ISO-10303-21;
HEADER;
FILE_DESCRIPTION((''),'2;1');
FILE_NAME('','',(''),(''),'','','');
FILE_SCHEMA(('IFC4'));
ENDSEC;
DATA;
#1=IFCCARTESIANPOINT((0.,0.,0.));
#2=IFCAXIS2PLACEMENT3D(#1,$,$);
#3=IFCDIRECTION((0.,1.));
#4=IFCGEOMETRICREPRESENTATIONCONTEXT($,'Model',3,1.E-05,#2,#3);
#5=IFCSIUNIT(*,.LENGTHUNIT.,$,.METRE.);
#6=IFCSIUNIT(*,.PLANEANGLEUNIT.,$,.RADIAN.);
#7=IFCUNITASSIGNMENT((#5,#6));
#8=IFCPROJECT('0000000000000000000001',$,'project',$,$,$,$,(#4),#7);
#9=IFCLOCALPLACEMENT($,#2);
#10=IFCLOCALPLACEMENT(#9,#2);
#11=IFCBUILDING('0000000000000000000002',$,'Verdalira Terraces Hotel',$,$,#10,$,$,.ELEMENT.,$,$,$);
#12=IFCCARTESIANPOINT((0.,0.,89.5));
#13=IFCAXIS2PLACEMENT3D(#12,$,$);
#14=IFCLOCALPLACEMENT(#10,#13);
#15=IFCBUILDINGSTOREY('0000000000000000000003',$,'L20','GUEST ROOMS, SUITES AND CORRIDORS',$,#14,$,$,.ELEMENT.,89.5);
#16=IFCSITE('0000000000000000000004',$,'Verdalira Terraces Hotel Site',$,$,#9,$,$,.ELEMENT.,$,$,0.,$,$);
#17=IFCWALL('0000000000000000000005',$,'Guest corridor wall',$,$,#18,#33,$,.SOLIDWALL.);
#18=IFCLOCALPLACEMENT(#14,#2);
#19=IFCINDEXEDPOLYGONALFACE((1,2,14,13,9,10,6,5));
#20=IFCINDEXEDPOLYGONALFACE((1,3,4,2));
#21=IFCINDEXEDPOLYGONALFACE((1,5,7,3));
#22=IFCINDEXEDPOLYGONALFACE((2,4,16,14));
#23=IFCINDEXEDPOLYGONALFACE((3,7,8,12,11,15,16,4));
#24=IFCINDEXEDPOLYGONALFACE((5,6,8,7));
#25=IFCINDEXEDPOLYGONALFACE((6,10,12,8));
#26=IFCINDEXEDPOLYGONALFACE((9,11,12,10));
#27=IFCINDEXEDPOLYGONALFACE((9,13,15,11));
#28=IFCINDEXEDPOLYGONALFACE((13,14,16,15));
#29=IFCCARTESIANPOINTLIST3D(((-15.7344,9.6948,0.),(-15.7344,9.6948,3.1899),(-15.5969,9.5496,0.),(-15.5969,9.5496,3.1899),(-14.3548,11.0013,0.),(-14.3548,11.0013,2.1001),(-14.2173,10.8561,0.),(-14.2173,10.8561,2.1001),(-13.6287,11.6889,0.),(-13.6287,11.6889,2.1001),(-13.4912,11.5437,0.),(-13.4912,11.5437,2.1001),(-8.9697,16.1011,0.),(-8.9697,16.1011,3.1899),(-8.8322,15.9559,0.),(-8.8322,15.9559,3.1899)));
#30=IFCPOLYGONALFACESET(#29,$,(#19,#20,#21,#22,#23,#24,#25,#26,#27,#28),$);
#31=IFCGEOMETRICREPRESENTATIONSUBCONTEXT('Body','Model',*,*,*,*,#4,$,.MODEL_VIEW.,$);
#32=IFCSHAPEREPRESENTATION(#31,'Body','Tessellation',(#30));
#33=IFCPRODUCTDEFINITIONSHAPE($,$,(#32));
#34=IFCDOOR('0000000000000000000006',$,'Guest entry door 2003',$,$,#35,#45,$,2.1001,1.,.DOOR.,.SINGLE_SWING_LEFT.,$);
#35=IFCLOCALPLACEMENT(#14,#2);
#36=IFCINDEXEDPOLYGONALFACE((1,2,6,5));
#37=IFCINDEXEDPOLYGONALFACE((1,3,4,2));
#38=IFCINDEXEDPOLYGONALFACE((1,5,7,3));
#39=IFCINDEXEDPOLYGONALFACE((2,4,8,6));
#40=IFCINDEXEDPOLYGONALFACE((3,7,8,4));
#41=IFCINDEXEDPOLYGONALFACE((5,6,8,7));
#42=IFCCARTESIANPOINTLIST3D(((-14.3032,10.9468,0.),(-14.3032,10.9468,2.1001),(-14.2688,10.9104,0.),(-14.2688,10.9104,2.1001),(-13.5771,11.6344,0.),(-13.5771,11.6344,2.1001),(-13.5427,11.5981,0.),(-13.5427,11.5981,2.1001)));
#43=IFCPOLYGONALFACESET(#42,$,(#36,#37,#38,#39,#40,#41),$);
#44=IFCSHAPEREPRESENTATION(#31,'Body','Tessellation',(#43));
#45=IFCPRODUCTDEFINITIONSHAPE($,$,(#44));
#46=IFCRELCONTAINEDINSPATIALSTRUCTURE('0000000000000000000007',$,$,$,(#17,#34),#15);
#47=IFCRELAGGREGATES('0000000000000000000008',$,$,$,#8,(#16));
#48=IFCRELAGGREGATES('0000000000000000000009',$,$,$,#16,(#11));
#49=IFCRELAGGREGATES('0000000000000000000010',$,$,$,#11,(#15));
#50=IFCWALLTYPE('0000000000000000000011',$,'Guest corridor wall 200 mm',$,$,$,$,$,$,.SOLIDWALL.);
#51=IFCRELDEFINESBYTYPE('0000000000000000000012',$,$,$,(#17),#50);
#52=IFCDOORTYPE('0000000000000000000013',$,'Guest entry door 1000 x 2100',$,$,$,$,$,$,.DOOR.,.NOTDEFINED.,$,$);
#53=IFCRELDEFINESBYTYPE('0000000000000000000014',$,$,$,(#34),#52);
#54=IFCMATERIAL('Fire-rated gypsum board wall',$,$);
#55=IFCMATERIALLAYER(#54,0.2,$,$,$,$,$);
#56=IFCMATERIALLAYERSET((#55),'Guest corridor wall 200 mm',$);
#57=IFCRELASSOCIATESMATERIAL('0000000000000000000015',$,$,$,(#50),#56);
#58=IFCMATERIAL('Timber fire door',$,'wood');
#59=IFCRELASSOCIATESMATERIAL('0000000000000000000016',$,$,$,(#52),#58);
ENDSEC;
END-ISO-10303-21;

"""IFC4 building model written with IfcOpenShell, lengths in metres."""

from ifc_helpers import new_model, si_unit, direction, frame, frame_2d, origin, place, context, subcontext, project, spatial, rectangle, extrude, material, layer, layer_set, type_object, element, fill, save


model = new_model("IFC4")

# Units and contexts
model_context = context("Model", 3, precision=1e-05, world=origin(), true_north=direction((0.0, 1.0)))
body_context = subcontext(model_context, "Body", "Model", "MODEL_VIEW")
ifc_project = project(units=[si_unit("LENGTHUNIT", "METRE"), si_unit("PLANEANGLEUNIT", "RADIAN")], contexts=[model_context])

# Site, building, storey
site_placement = place(None, origin())
site = spatial("IfcSite", under=ifc_project, at=site_placement, Name="Verdalira Terraces Hotel Site", CompositionType="ELEMENT", RefElevation=0.0)
building_placement = place(site_placement, origin())
building = spatial("IfcBuilding", under=site, at=building_placement, Name="Verdalira Terraces Hotel", CompositionType="ELEMENT")
storey_placement = place(building_placement, frame((0.0, 0.0, 89.5)))
storey = spatial("IfcBuildingStorey", under=building, at=storey_placement, Name="L20", Description="GUEST ROOMS, SUITES AND CORRIDORS", CompositionType="ELEMENT", Elevation=89.5)

# Shared definitions
ifc_material_1 = material(Name="Fire-rated gypsum board wall")
ifc_layer_1 = layer(ifc_material_1, 0.2)
ifc_layer_set_1 = layer_set([ifc_layer_1], Name="Guest corridor wall 200 mm")
wall_type_1 = type_object("IfcWallType", Name="Guest corridor wall 200 mm", PredefinedType="SOLIDWALL", material=ifc_layer_set_1)

# Wall, opening, door
ifc_material_2 = material(Name="Timber fire door", Category="wood")
door_type_1 = type_object("IfcDoorType", Name="Guest entry door 1000 x 2100", OperationType="NOTDEFINED", PredefinedType="DOOR", material=ifc_material_2)
wall_1_placement = place(storey_placement, frame((-15.6655, 9.6223, 0.0), z_axis=(0.0, 0.0, 1.0), x_axis=(0.726079, 0.687611, 0.0)))
wall_1 = element("IfcWall", 1, at=wall_1_placement, inside=storey, type_object=wall_type_1, Name="Guest corridor wall", PredefinedType="SOLIDWALL", context=body_context, shape_type="SweptSolid", body=[
    extrude(rectangle(XDim=9.3166, YDim=0.2, at=frame_2d((4.6582, 0.0))), origin(), (0.0, 0.0, 1.0), 3.1899),
])
opening_1_placement = place(wall_1_placement, frame((1.8999, 0.0, 0.0)))
opening_1 = element("IfcOpeningElement", 2, at=opening_1_placement, cuts=wall_1, PredefinedType="OPENING", context=body_context, shape_type="SweptSolid", body=[
    extrude(rectangle(XDim=1.0, YDim=2.1001, at=frame_2d((0.5, 1.05))), frame((0.0, 0.1099, 0.0), z_axis=(0.0, -1.0, 0.0), x_axis=(1.0, 0.0, 0.0)), (0.0, 0.0, 1.0), 0.22),
])
door_1_placement = place(opening_1_placement, origin())
door_1 = element("IfcDoor", 3, at=door_1_placement, inside=storey, type_object=door_type_1, Name="Guest entry door 2003", OperationType="SINGLE_SWING_LEFT", OverallHeight=2.1001, OverallWidth=1.0, PredefinedType="DOOR", context=body_context, shape_type="SweptSolid", body=[
    extrude(rectangle(XDim=1.0, YDim=2.1001, at=frame_2d((0.5, 1.05))), frame((0.0, 0.0249, 0.0), z_axis=(0.0, -1.0, 0.0), x_axis=(1.0, 0.0, 0.0)), (0.0, 0.0, 1.0), 0.05),
])
fill(opening_1, door_1)

save(model, "model.ifc")
